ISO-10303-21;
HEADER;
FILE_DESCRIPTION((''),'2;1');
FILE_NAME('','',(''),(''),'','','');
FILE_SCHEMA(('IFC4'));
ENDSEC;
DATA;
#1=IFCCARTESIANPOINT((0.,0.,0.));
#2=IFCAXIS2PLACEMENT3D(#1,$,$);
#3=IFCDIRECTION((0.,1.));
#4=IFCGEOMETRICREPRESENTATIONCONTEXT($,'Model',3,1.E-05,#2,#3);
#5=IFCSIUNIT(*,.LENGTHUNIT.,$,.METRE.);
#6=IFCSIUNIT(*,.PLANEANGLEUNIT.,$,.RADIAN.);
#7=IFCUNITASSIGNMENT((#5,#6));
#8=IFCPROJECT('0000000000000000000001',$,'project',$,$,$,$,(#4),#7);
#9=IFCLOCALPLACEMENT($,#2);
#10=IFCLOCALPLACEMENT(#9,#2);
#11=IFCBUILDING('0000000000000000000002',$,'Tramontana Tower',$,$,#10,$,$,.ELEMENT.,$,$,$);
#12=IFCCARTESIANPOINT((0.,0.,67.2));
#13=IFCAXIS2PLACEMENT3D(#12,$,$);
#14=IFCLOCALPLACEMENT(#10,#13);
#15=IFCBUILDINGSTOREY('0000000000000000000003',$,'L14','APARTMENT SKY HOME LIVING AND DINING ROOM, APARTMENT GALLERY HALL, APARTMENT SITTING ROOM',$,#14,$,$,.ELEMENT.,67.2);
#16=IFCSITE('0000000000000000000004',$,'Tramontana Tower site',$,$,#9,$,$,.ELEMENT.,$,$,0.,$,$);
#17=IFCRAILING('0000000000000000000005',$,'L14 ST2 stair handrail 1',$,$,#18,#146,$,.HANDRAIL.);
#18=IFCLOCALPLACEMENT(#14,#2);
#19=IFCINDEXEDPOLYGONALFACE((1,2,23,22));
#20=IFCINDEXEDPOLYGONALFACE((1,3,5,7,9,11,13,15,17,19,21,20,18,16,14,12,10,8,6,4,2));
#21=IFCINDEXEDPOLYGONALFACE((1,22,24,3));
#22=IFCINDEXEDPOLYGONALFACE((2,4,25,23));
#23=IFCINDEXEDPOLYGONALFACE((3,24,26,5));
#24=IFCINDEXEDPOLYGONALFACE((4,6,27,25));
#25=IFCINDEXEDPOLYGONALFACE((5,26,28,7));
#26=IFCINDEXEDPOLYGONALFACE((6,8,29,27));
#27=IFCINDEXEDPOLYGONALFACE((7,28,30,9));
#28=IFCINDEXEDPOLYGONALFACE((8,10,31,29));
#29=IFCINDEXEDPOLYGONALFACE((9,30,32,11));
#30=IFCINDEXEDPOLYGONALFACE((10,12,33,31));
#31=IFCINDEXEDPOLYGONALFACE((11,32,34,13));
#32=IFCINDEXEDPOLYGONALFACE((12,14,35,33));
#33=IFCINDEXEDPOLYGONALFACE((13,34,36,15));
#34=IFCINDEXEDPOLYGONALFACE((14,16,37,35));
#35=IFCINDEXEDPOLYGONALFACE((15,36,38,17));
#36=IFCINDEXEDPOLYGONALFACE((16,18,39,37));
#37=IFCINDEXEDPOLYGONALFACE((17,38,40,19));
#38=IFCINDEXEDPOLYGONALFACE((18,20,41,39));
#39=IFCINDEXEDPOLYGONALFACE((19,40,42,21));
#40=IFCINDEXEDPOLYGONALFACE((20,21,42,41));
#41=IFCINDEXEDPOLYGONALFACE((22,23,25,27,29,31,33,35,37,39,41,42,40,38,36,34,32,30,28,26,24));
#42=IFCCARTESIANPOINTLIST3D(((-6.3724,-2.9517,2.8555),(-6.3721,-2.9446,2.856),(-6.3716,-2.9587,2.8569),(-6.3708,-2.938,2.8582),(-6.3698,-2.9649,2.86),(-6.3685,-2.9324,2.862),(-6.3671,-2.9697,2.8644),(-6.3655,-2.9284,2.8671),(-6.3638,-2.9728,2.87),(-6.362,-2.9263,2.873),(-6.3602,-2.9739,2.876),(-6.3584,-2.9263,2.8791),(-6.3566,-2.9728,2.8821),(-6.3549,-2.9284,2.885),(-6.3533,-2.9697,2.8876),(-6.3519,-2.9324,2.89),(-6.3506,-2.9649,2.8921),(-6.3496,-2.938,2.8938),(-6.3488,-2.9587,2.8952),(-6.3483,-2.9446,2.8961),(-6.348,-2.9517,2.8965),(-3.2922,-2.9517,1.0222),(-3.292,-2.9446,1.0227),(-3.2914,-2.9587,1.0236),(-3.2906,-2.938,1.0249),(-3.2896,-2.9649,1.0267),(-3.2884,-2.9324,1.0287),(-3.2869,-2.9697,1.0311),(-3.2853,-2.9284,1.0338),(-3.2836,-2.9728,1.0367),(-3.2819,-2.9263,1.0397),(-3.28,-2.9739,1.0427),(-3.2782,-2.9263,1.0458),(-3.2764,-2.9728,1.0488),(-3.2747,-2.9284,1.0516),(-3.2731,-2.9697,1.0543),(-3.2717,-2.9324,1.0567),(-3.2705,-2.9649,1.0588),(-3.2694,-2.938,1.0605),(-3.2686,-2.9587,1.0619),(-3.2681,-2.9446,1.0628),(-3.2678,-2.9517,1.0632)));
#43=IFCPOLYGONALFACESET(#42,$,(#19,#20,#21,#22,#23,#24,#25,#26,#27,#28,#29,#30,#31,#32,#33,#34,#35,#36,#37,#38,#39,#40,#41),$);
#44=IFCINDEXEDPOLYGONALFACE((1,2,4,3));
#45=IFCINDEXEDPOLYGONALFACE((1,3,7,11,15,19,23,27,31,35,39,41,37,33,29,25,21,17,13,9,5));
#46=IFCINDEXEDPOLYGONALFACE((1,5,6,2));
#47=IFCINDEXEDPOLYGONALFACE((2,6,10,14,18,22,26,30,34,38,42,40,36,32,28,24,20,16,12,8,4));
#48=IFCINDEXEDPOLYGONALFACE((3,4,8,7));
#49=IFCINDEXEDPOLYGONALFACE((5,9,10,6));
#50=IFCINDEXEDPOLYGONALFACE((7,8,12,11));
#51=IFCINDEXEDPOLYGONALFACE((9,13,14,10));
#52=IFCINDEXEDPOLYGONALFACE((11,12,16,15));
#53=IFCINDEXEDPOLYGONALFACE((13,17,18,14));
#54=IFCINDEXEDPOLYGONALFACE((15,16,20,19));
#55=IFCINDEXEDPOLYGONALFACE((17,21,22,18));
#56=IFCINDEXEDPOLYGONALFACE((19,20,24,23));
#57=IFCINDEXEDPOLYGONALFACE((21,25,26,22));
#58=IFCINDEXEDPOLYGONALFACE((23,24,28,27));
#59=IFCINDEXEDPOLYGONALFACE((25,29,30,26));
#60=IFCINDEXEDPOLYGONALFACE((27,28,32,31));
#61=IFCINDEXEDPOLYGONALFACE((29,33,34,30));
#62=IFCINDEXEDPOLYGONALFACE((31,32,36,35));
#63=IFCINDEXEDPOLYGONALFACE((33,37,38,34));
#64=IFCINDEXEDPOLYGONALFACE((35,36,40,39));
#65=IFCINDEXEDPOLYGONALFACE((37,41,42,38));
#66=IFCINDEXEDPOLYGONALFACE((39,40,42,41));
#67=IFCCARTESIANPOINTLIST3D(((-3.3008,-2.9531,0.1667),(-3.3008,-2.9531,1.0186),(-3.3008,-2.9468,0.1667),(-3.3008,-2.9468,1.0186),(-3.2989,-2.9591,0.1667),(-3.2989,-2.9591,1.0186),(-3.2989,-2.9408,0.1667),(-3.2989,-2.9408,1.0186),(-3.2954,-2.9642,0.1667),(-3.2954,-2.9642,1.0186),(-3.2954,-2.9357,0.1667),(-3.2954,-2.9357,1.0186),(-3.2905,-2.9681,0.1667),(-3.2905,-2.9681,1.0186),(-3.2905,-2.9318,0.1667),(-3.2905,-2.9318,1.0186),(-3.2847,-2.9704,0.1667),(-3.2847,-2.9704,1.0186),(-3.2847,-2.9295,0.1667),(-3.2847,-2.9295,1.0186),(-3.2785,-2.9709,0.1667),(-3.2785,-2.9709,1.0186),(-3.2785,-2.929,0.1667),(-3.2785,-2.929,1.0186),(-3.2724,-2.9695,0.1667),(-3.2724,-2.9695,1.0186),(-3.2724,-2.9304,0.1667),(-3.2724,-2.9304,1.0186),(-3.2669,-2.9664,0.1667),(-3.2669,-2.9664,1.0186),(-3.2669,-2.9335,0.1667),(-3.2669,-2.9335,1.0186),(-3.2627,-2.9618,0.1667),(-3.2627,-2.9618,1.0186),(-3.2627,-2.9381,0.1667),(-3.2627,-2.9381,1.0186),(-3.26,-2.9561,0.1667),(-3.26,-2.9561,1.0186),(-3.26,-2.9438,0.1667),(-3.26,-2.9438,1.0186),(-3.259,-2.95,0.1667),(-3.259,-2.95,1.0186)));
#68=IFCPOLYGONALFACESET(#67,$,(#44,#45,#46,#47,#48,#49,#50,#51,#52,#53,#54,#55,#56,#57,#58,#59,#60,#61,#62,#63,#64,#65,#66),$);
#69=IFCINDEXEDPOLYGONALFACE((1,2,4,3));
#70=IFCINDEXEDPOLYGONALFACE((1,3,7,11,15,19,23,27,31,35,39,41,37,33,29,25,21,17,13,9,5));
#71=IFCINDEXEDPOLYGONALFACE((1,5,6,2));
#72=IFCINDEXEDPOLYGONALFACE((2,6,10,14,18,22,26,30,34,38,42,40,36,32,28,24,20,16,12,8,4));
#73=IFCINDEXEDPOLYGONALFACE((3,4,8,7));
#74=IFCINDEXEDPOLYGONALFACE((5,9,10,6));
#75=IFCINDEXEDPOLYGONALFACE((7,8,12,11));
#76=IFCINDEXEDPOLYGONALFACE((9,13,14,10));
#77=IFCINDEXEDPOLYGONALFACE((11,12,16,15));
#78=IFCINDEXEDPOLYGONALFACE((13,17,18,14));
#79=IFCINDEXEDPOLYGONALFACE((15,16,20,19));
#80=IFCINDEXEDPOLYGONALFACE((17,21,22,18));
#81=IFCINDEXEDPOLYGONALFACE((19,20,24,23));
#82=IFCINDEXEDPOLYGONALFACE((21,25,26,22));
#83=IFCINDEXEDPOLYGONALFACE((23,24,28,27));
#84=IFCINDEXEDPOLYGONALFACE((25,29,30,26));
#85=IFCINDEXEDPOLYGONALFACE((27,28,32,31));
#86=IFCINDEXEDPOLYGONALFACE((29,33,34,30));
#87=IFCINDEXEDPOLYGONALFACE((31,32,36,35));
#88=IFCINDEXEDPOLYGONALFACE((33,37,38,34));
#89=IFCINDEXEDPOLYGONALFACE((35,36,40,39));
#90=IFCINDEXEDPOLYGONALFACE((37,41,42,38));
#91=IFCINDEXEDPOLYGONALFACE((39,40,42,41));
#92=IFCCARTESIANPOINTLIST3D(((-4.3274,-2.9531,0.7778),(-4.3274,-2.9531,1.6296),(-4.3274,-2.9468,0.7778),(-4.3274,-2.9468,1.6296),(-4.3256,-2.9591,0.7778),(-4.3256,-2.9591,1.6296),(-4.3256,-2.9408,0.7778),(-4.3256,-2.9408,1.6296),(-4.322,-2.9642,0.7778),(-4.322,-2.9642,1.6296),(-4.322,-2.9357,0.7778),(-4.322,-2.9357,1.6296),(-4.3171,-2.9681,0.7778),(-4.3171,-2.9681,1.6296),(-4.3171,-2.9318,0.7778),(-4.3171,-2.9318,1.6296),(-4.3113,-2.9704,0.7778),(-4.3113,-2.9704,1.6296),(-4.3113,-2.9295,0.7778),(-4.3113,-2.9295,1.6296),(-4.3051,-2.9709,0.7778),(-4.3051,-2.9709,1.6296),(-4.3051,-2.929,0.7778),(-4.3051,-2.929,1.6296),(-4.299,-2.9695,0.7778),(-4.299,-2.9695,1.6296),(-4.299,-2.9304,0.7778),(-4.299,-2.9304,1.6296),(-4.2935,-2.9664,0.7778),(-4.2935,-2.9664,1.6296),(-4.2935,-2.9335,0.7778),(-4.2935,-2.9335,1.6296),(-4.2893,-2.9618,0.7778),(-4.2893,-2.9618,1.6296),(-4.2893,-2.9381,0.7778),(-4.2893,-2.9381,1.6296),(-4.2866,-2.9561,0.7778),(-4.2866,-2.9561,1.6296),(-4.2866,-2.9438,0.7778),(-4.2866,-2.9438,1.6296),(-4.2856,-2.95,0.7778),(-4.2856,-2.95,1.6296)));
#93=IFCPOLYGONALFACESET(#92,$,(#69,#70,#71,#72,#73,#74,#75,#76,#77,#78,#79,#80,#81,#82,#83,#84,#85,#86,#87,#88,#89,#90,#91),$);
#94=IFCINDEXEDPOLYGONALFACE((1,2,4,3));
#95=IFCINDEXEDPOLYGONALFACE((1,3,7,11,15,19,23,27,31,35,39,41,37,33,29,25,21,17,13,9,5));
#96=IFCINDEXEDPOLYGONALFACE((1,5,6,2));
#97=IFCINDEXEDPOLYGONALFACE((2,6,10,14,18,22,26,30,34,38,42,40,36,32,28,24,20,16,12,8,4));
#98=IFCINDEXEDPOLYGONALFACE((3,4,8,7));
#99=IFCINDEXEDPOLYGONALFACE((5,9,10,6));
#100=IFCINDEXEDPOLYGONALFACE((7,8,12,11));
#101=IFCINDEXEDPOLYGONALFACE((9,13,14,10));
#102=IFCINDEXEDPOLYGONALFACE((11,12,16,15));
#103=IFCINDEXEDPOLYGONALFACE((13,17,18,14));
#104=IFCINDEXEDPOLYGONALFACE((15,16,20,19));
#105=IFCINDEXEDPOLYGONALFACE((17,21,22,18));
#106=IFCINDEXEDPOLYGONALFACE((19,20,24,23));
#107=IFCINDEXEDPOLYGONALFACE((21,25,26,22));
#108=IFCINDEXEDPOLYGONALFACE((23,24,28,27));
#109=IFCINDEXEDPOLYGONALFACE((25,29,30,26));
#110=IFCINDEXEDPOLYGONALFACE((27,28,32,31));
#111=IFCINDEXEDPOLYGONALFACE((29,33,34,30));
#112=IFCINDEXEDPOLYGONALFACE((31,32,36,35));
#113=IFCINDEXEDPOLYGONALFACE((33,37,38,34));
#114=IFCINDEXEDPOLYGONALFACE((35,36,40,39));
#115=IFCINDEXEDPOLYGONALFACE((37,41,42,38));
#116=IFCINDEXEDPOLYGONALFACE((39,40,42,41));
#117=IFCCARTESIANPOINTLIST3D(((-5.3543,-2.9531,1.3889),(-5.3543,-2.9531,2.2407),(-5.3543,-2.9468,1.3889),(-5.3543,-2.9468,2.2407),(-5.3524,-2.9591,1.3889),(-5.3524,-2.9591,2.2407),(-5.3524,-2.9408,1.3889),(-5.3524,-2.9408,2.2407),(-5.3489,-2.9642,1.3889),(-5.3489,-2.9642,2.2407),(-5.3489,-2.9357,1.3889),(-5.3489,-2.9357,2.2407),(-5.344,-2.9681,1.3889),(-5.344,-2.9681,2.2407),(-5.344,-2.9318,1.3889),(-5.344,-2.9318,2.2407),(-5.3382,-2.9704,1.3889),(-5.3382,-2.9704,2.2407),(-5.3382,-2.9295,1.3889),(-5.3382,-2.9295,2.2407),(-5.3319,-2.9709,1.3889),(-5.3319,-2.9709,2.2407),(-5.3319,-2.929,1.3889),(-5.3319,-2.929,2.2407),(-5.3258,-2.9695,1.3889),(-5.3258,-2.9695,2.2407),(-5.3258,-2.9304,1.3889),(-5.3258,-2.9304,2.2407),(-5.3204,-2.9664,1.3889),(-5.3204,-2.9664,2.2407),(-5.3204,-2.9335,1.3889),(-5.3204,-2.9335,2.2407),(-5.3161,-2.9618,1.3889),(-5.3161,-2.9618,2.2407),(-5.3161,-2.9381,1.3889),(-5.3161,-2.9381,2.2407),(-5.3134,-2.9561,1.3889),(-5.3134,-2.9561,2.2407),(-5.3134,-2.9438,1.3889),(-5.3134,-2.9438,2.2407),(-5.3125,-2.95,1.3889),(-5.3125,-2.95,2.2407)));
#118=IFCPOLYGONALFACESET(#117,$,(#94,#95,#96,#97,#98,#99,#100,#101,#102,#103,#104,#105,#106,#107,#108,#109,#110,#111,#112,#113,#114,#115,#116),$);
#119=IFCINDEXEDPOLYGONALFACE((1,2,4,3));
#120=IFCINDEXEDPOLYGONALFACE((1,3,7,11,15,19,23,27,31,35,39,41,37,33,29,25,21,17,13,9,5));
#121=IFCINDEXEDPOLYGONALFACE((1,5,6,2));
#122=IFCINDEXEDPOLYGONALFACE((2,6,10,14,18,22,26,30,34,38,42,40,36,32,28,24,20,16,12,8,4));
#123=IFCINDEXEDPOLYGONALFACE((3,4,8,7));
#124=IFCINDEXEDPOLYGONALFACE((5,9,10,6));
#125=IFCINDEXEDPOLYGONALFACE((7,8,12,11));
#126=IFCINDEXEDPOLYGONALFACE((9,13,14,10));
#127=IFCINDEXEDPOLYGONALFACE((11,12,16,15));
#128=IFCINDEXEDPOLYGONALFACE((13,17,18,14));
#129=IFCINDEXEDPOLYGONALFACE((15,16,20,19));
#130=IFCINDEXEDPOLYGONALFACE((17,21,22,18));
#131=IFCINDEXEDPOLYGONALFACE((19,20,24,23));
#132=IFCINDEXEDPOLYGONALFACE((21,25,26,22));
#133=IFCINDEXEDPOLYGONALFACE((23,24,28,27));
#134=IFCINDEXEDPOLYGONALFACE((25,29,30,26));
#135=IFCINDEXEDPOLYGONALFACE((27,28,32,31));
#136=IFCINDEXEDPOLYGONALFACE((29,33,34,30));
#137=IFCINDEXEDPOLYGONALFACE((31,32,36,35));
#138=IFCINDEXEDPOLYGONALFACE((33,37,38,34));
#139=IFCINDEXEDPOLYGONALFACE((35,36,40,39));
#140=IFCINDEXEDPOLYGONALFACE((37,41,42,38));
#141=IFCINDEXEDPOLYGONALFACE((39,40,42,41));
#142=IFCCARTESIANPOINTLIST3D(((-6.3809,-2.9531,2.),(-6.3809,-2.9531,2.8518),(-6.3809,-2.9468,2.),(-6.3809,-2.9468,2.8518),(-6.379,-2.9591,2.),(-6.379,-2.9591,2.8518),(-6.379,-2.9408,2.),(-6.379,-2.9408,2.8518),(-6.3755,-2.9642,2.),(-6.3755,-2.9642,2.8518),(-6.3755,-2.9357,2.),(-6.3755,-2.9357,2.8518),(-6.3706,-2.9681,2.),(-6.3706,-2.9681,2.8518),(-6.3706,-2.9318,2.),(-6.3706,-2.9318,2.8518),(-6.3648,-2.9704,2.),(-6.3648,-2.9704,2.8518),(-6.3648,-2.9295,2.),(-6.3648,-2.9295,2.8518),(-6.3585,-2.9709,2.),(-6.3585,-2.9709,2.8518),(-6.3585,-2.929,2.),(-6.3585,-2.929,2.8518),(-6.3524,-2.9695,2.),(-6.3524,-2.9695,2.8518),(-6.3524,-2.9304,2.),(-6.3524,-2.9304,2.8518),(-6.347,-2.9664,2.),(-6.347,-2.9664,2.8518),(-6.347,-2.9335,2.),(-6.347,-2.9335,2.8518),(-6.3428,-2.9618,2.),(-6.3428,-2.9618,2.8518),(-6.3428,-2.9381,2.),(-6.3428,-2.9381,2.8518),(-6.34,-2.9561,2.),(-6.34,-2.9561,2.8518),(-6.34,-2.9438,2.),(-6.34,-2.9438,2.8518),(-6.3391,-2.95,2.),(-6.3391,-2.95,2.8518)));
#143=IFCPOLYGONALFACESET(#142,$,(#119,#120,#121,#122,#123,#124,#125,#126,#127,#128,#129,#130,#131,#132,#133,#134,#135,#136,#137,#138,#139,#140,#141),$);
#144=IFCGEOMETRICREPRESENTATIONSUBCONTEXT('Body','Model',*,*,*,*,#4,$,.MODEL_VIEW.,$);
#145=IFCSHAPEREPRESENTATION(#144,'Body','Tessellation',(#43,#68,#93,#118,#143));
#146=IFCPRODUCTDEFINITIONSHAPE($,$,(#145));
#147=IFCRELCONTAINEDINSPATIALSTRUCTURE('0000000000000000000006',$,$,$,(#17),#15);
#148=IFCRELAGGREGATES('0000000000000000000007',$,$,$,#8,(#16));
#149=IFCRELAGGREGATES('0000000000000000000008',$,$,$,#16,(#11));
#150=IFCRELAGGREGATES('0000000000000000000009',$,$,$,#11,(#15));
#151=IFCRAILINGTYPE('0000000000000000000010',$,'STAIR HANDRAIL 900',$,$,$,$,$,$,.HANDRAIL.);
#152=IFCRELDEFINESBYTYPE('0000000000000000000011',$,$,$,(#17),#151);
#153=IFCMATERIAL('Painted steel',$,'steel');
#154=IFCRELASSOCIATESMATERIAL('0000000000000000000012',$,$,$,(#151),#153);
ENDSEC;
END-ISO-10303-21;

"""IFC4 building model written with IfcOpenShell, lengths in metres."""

from ifc_helpers import new_model, si_unit, direction, frame, origin, origin_2d, place, context, subcontext, project, spatial, circle, extrude, material, type_object, element, save


model = new_model("IFC4")

# Units and contexts
model_context = context("Model", 3, precision=1e-05, world=origin(), true_north=direction((0.0, 1.0)))
body_context = subcontext(model_context, "Body", "Model", "MODEL_VIEW")
ifc_project = project(units=[si_unit("LENGTHUNIT", "METRE"), si_unit("PLANEANGLEUNIT", "RADIAN")], contexts=[model_context])

# Site, building, storey
site_placement = place(None, origin())
site = spatial("IfcSite", under=ifc_project, at=site_placement, Name="Tramontana Tower site", CompositionType="ELEMENT", RefElevation=0.0)
building_placement = place(site_placement, origin())
building = spatial("IfcBuilding", under=site, at=building_placement, Name="Tramontana Tower", CompositionType="ELEMENT")
storey_placement = place(building_placement, frame((0.0, 0.0, 67.2)))
storey = spatial("IfcBuildingStorey", under=building, at=storey_placement, Name="L14", Description="APARTMENT SKY HOME LIVING AND DINING ROOM, APARTMENT GALLERY HALL, APARTMENT SITTING ROOM", CompositionType="ELEMENT", Elevation=67.2)

# Railing
ifc_material_1 = material(Name="Painted steel", Category="steel")
railing_type_1 = type_object("IfcRailingType", Name="STAIR HANDRAIL 900", PredefinedType="HANDRAIL", material=ifc_material_1)
railing_1_placement = place(storey_placement, frame((-3.28, -2.95, 0.1667)))
element("IfcRailing", 1, at=railing_1_placement, inside=storey, type_object=railing_type_1, Name="L14 ST2 stair handrail 1", PredefinedType="HANDRAIL", context=body_context, shape_type="SweptSolid", body=[
    extrude(circle(Radius=0.0239, at=origin_2d()), frame((0.0, 0.0, 0.876), z_axis=(-0.859309, 0.0, 0.511458), x_axis=(0.0, -1.0, 0.0)), (0.0, 0.0, 1.0), 3.5845),
    extrude(circle(Radius=0.021, at=origin_2d()), origin(), (0.0, 0.0, 1.0), 0.8518),
    extrude(circle(Radius=0.021, at=origin_2d()), frame((-1.0266, 0.0, 0.6111)), (0.0, 0.0, 1.0), 0.8518),
    extrude(circle(Radius=0.021, at=origin_2d()), frame((-2.0535, 0.0, 1.2222)), (0.0, 0.0, 1.0), 0.8518),
    extrude(circle(Radius=0.021, at=origin_2d()), frame((-3.0801, 0.0, 1.8333)), (0.0, 0.0, 1.0), 0.8518),
])

save(model, "model.ifc")
